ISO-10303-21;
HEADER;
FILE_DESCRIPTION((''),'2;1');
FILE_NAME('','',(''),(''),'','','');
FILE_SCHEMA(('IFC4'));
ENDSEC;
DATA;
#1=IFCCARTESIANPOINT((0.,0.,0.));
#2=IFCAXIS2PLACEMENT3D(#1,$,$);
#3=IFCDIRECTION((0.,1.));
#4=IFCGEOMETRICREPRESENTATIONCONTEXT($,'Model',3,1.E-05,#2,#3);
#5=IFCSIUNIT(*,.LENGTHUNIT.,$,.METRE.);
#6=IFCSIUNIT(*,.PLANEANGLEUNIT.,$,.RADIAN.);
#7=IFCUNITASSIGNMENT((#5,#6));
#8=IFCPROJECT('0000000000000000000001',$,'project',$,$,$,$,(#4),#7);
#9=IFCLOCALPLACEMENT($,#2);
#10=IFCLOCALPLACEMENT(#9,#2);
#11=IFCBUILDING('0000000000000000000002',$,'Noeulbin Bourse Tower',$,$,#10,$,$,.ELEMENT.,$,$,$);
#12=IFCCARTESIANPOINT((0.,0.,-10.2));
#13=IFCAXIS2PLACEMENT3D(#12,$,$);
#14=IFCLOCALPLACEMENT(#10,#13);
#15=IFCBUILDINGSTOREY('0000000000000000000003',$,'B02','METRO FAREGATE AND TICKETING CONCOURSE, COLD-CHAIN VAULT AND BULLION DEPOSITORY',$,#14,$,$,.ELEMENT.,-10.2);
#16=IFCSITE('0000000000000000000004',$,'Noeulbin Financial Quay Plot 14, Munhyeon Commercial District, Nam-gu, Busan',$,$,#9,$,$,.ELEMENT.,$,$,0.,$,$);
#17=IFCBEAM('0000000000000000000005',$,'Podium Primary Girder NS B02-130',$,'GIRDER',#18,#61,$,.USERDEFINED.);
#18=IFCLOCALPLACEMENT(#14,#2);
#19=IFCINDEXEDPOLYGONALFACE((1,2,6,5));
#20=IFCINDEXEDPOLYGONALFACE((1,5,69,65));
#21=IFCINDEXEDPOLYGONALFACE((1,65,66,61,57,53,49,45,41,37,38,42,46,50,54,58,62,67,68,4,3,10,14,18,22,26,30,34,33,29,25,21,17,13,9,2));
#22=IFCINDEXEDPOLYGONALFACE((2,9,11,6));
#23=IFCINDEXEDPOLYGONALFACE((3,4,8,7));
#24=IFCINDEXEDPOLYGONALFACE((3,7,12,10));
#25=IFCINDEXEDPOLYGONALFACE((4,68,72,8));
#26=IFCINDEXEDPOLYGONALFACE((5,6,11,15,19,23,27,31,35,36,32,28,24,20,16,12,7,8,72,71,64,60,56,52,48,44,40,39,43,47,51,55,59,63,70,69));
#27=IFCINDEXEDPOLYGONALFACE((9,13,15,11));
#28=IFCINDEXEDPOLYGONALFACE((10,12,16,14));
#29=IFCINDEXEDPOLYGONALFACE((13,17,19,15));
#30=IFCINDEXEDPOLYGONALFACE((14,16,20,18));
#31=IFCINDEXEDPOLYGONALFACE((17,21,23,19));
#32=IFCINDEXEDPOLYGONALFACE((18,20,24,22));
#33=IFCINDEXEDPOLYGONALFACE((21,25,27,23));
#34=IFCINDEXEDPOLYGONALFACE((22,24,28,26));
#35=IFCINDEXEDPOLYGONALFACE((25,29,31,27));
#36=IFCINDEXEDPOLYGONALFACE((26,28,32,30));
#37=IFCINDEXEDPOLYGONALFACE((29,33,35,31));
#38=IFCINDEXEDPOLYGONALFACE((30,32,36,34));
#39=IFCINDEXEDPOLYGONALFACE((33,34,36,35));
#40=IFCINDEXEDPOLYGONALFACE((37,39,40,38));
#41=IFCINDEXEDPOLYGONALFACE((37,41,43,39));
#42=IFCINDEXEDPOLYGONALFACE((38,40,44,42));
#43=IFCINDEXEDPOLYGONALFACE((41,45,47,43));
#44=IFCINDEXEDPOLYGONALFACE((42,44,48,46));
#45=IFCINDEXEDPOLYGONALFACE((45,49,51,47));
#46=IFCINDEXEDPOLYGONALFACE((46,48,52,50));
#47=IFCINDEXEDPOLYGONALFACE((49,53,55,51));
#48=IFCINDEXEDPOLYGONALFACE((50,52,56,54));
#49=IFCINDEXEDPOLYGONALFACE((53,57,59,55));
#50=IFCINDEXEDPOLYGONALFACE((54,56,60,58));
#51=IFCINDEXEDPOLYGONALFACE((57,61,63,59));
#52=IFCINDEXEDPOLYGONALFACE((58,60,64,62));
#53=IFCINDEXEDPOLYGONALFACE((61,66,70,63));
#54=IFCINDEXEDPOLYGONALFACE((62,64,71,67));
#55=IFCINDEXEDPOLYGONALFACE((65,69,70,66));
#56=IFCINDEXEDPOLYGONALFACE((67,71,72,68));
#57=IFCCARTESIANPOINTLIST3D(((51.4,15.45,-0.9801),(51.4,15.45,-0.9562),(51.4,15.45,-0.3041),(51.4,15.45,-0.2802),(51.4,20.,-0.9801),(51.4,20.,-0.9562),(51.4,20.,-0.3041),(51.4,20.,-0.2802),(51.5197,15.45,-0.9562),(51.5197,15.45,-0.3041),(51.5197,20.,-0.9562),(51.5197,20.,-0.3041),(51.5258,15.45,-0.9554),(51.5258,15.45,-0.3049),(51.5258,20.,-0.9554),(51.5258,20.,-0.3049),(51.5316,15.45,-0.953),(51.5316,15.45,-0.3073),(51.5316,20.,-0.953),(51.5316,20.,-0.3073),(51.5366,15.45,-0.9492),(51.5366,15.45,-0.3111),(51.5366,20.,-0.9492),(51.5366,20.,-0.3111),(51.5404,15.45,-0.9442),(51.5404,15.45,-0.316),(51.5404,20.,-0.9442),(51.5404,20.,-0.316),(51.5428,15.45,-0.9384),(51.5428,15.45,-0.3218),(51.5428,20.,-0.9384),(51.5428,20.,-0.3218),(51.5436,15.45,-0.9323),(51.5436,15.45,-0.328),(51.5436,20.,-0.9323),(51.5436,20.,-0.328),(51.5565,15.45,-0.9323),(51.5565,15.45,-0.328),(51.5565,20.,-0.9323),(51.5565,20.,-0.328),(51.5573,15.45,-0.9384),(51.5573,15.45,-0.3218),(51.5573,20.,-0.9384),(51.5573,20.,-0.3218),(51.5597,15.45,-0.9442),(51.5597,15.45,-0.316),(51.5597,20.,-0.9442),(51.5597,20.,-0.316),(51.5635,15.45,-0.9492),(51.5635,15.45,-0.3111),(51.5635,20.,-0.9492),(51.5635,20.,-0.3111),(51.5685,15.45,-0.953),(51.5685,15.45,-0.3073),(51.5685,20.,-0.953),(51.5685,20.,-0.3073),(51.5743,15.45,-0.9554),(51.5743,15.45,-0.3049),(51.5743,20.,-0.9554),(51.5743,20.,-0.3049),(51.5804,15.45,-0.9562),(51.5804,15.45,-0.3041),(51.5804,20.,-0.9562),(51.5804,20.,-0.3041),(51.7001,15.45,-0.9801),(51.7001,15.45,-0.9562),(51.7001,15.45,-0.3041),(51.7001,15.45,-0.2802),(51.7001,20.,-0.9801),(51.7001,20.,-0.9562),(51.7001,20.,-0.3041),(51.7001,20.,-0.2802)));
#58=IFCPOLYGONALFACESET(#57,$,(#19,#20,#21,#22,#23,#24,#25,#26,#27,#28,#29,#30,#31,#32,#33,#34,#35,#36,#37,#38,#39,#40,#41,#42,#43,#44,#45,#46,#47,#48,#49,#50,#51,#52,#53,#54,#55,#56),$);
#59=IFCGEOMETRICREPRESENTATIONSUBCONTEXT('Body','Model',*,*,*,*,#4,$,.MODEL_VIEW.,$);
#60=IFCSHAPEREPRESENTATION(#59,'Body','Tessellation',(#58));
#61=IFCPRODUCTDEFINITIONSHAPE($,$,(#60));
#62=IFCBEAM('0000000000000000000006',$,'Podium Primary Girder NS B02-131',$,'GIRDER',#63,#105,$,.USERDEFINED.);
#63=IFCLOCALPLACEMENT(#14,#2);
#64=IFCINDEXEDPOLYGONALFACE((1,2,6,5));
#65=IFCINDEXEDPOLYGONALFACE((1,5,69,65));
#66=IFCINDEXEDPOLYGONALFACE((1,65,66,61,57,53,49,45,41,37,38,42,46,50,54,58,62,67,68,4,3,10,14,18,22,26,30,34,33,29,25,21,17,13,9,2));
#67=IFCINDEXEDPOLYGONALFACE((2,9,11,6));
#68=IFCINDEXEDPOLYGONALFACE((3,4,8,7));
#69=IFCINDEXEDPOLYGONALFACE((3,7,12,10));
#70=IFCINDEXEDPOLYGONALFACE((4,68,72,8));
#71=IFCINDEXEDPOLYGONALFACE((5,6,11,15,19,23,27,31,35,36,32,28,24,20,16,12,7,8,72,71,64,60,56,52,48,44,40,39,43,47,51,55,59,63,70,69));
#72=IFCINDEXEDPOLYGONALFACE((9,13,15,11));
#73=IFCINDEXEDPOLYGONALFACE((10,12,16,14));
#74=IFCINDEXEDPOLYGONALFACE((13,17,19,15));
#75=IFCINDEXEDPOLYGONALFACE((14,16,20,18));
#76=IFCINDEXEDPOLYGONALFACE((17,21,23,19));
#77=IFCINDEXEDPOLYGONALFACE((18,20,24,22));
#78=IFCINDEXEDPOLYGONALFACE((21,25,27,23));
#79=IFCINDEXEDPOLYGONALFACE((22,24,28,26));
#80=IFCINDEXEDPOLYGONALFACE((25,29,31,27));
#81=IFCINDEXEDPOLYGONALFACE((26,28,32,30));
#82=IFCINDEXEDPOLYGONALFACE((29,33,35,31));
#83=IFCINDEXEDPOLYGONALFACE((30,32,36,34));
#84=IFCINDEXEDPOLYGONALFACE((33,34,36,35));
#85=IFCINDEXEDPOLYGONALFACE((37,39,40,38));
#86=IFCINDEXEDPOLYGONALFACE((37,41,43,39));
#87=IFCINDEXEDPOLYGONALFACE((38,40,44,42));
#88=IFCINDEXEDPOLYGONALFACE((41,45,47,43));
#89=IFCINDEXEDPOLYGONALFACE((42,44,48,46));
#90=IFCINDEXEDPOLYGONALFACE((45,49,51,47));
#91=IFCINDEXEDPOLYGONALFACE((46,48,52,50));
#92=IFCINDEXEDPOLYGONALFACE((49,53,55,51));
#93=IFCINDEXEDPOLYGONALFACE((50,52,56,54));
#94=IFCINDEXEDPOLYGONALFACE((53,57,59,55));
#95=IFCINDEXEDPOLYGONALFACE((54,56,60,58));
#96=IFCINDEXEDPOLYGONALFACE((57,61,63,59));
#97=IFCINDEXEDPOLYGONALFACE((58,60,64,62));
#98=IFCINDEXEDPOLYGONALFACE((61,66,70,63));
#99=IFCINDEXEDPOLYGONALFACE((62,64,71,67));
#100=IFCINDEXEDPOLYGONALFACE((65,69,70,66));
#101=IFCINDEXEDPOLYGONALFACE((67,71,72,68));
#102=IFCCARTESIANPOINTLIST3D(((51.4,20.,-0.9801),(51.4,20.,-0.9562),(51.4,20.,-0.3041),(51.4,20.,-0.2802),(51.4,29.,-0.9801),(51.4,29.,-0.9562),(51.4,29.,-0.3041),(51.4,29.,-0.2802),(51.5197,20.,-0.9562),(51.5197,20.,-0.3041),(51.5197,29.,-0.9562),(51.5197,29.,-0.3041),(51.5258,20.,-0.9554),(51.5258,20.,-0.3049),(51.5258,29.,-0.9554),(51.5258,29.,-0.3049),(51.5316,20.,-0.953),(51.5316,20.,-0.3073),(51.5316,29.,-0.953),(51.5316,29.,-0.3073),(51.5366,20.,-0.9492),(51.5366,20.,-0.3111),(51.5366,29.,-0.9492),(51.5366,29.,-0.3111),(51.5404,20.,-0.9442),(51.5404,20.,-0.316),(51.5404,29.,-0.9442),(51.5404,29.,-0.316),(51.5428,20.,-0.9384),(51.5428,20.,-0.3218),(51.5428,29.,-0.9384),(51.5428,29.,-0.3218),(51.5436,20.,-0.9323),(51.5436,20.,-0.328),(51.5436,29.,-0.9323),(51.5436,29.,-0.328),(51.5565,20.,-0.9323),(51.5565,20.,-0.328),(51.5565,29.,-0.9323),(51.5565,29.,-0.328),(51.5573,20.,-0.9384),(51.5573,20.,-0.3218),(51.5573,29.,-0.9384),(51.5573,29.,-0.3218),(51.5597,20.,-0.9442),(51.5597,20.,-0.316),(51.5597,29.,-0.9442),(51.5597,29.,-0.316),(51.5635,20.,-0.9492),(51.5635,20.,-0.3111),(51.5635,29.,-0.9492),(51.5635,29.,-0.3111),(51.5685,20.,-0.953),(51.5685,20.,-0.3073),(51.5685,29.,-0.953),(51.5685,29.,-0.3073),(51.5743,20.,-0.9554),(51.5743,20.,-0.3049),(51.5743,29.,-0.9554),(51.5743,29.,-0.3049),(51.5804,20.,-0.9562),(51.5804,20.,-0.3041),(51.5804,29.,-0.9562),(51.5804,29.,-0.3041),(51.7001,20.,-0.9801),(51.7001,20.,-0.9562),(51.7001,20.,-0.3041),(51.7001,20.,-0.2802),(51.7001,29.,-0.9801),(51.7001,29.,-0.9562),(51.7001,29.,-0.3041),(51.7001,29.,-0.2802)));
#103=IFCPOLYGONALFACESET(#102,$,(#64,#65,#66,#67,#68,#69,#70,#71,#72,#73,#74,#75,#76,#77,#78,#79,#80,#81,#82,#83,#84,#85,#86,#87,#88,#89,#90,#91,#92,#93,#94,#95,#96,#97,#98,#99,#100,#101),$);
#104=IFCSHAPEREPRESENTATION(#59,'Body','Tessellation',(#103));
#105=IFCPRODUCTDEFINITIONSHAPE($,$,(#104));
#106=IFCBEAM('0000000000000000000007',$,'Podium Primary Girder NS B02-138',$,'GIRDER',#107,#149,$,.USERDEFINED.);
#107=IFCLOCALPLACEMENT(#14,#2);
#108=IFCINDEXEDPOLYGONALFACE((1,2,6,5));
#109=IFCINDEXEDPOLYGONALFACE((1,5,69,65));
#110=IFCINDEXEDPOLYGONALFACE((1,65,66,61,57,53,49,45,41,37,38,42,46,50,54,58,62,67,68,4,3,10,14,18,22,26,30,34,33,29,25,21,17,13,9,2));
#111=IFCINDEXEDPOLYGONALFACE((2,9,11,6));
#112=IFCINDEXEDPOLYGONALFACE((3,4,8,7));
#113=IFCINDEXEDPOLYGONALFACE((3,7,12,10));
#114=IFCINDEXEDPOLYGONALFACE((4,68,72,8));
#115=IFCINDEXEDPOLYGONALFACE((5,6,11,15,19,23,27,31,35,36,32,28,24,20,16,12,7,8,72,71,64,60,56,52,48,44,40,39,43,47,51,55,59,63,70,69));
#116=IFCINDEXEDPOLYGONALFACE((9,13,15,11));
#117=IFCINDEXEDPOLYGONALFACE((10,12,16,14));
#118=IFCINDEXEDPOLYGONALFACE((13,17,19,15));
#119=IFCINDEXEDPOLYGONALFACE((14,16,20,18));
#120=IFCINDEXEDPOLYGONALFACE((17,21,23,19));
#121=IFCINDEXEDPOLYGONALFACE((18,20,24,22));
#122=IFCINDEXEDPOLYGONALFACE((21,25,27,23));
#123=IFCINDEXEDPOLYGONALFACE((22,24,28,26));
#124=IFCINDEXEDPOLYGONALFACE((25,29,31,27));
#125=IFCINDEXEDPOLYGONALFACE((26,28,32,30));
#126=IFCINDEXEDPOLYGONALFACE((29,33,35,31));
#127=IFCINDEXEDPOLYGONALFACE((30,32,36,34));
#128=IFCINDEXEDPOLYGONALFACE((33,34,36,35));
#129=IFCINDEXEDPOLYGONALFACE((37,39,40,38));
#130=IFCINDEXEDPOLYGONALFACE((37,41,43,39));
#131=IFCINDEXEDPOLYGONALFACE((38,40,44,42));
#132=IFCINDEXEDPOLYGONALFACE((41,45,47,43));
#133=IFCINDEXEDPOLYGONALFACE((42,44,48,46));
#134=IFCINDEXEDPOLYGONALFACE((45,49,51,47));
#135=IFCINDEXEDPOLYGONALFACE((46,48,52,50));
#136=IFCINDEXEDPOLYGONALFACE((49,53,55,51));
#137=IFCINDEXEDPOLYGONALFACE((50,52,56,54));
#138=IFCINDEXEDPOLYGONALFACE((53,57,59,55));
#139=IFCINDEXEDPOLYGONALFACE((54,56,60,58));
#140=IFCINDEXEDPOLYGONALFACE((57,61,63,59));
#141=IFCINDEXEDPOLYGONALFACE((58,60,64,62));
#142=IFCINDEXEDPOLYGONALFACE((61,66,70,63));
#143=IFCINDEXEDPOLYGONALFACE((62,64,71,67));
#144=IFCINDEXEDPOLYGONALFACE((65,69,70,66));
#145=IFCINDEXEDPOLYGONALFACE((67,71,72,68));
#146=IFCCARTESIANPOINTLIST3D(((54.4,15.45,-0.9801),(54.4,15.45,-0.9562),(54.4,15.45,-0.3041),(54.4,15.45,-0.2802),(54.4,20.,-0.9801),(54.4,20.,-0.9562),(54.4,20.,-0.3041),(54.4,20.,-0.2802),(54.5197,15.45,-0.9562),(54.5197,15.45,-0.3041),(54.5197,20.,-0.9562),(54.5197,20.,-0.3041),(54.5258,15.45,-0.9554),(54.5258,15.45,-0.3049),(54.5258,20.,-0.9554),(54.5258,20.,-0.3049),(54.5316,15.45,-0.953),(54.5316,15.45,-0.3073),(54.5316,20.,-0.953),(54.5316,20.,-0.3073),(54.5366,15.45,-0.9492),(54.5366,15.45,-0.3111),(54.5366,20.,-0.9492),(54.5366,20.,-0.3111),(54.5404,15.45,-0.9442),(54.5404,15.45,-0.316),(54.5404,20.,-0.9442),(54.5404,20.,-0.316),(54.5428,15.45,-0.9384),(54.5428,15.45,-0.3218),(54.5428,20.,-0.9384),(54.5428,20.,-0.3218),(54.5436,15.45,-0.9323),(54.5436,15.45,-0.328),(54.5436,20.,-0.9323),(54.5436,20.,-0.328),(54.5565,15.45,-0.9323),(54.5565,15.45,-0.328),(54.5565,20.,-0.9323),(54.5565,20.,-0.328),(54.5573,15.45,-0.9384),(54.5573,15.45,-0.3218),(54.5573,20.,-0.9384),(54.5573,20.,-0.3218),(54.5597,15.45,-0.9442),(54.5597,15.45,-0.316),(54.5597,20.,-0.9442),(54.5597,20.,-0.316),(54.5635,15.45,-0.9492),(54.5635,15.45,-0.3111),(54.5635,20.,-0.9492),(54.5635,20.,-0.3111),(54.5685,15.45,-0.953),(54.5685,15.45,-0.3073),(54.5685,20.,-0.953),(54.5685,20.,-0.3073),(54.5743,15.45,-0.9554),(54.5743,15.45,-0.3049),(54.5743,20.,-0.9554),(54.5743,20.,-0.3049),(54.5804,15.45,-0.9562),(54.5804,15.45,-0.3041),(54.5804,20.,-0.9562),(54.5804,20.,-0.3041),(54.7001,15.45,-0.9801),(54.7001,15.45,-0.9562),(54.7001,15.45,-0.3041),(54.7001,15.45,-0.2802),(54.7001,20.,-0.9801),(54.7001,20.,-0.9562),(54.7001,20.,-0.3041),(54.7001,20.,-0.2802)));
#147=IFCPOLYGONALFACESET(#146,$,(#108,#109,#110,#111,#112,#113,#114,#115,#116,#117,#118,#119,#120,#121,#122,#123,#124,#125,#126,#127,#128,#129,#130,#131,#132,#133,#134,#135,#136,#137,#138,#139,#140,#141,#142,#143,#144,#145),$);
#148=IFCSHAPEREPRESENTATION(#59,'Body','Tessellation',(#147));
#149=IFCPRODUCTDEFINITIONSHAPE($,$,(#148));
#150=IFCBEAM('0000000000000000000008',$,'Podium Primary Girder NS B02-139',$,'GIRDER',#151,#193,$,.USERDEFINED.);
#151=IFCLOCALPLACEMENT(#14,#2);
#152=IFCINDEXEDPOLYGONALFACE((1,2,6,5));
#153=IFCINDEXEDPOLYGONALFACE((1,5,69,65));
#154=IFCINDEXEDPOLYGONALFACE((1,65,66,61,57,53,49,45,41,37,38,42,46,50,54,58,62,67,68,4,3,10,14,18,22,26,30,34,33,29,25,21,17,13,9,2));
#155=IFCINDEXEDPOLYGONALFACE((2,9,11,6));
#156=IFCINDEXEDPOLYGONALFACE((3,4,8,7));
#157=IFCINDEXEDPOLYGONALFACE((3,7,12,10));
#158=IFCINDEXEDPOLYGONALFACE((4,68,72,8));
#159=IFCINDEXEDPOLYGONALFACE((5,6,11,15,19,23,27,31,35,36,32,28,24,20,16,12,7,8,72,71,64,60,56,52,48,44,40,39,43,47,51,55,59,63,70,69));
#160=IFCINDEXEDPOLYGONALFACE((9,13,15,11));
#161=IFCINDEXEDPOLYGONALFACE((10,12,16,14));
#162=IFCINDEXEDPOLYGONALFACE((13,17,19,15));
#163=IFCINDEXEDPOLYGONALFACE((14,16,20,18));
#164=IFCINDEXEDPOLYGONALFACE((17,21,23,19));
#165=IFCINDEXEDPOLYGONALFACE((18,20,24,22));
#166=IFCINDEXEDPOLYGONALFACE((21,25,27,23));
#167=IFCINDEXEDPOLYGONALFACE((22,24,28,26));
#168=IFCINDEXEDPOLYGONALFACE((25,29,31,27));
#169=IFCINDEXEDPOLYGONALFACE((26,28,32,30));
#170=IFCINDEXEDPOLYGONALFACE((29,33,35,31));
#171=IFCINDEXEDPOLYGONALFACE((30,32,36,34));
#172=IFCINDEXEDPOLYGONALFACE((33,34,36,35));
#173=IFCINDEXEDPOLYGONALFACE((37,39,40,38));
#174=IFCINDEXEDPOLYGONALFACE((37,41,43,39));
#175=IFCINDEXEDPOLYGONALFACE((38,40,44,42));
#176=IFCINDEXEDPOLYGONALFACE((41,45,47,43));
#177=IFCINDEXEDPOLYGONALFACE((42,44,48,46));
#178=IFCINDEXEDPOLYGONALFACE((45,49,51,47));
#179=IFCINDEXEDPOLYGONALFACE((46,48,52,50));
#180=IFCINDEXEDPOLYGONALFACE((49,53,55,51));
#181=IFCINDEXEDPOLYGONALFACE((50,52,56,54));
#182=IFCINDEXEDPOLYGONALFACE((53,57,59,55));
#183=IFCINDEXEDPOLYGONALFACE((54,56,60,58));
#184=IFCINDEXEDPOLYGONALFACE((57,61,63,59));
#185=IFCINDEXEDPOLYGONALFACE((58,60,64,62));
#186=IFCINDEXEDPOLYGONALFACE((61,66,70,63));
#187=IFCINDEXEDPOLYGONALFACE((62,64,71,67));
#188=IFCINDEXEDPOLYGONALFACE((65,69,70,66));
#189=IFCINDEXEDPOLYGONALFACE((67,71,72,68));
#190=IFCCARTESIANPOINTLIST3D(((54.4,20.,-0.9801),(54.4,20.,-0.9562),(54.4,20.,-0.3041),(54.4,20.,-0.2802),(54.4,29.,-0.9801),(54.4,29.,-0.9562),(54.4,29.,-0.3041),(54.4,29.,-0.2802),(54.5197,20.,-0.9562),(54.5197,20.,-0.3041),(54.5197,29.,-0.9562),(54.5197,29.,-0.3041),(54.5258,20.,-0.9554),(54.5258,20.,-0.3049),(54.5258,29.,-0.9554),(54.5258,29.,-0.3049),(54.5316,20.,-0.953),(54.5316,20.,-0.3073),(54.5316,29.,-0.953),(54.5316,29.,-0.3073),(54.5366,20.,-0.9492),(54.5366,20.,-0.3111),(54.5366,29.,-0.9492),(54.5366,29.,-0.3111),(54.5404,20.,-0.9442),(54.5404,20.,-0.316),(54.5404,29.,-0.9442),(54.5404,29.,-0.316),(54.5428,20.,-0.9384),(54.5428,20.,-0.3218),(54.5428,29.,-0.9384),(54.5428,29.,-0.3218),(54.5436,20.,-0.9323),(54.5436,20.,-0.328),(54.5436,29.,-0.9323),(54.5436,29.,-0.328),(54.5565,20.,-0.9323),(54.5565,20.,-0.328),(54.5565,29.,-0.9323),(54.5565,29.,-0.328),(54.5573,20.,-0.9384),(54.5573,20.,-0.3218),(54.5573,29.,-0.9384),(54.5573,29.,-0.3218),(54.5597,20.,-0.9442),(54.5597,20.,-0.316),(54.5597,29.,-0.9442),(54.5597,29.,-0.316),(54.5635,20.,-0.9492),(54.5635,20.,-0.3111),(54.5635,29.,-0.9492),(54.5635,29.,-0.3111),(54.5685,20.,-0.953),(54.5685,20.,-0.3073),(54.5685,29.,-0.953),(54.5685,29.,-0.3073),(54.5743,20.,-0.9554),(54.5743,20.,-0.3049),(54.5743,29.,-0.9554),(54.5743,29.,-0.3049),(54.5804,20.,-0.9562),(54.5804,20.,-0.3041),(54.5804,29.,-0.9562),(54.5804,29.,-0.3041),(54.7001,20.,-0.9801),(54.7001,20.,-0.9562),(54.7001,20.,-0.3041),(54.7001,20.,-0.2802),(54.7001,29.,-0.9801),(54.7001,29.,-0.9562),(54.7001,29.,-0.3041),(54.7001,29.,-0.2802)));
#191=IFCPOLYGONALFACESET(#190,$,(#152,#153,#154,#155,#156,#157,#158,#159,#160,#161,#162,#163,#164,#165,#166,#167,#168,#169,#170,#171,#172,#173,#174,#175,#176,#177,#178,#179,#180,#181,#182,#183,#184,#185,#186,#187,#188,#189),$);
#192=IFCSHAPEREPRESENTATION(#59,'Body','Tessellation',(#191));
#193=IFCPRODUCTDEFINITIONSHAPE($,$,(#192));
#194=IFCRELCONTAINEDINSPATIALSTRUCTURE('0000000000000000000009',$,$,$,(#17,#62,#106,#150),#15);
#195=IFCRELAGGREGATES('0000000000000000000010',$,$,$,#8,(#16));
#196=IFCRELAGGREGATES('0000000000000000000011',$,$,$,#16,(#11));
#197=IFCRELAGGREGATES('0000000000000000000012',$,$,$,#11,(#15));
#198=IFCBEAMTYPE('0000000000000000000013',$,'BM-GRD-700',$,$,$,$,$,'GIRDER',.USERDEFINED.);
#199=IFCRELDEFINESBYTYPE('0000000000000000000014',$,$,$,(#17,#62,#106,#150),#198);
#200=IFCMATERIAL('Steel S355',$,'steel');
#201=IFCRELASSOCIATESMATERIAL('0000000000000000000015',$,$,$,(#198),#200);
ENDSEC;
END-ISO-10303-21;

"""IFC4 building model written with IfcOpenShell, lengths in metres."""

from ifc_helpers import new_model, si_unit, direction, frame, origin, origin_2d, place, context, subcontext, project, spatial, i_section, extrude, material, material_profile, profile_set, type_object, element, save


model = new_model("IFC4")

# Units and contexts
model_context = context("Model", 3, precision=1e-05, world=origin(), true_north=direction((0.0, 1.0)))
body_context = subcontext(model_context, "Body", "Model", "MODEL_VIEW")
ifc_project = project(units=[si_unit("LENGTHUNIT", "METRE"), si_unit("PLANEANGLEUNIT", "RADIAN")], contexts=[model_context])

# Site, building, storey
site_placement = place(None, origin())
site = spatial("IfcSite", under=ifc_project, at=site_placement, Name="Noeulbin Financial Quay Plot 14, Munhyeon Commercial District, Nam-gu, Busan", CompositionType="ELEMENT", RefElevation=0.0)
building_placement = place(site_placement, origin())
building = spatial("IfcBuilding", under=site, at=building_placement, Name="Noeulbin Bourse Tower", CompositionType="ELEMENT")
storey_placement = place(building_placement, frame((0.0, 0.0, -10.2)))
storey = spatial("IfcBuildingStorey", under=building, at=storey_placement, Name="B02", Description="METRO FAREGATE AND TICKETING CONCOURSE, COLD-CHAIN VAULT AND BULLION DEPOSITORY", CompositionType="ELEMENT", Elevation=-10.2)

# Beams
ifc_material_1 = material(Name="Steel S355", Category="steel")
ifc_material_profile_1 = material_profile(ifc_material_1, i_section(OverallWidth=0.3, OverallDepth=0.7, WebThickness=0.0129, FlangeThickness=0.0239, FilletRadius=0.0239, at=origin_2d()), Name="H-700x300x13x24", Category="LoadBearing")
ifc_profile_set_1 = profile_set([ifc_material_profile_1], Name="Steel S355")
beam_type_1 = type_object("IfcBeamType", Name="BM-GRD-700", ElementType="GIRDER", PredefinedType="USERDEFINED", material=ifc_profile_set_1)
beam_1_placement = place(storey_placement, frame((51.55, 15.45, -0.6301), z_axis=(0.0, 1.0, 0.0), x_axis=(-1.0, 0.0, 0.0)))
element("IfcBeam", 1, at=beam_1_placement, inside=storey, type_object=beam_type_1, Name="Podium Primary Girder NS B02-130", ObjectType="GIRDER", PredefinedType="USERDEFINED", context=body_context, shape_type="SweptSolid", body=[
    extrude(i_section(OverallWidth=0.3, OverallDepth=0.7, WebThickness=0.0129, FlangeThickness=0.0239, FilletRadius=0.0239, at=origin_2d()), origin(), (0.0, 0.0, 1.0), 4.55),
])
beam_2_placement = place(storey_placement, frame((51.55, 20.0, -0.6301), z_axis=(0.0, 1.0, 0.0), x_axis=(-1.0, 0.0, 0.0)))
element("IfcBeam", 2, at=beam_2_placement, inside=storey, type_object=beam_type_1, Name="Podium Primary Girder NS B02-131", ObjectType="GIRDER", PredefinedType="USERDEFINED", context=body_context, shape_type="SweptSolid", body=[
    extrude(i_section(OverallWidth=0.3, OverallDepth=0.7, WebThickness=0.0129, FlangeThickness=0.0239, FilletRadius=0.0239, at=origin_2d()), origin(), (0.0, 0.0, 1.0), 9.0),
])
beam_3_placement = place(storey_placement, frame((54.55, 15.45, -0.6301), z_axis=(0.0, 1.0, 0.0), x_axis=(-1.0, 0.0, 0.0)))
element("IfcBeam", 3, at=beam_3_placement, inside=storey, type_object=beam_type_1, Name="Podium Primary Girder NS B02-138", ObjectType="GIRDER", PredefinedType="USERDEFINED", context=body_context, shape_type="SweptSolid", body=[
    extrude(i_section(OverallWidth=0.3, OverallDepth=0.7, WebThickness=0.0129, FlangeThickness=0.0239, FilletRadius=0.0239, at=origin_2d()), origin(), (0.0, 0.0, 1.0), 4.55),
])
beam_4_placement = place(storey_placement, frame((54.55, 20.0, -0.6301), z_axis=(0.0, 1.0, 0.0), x_axis=(-1.0, 0.0, 0.0)))
element("IfcBeam", 4, at=beam_4_placement, inside=storey, type_object=beam_type_1, Name="Podium Primary Girder NS B02-139", ObjectType="GIRDER", PredefinedType="USERDEFINED", context=body_context, shape_type="SweptSolid", body=[
    extrude(i_section(OverallWidth=0.3, OverallDepth=0.7, WebThickness=0.0129, FlangeThickness=0.0239, FilletRadius=0.0239, at=origin_2d()), origin(), (0.0, 0.0, 1.0), 9.0),
])

save(model, "model.ifc")
